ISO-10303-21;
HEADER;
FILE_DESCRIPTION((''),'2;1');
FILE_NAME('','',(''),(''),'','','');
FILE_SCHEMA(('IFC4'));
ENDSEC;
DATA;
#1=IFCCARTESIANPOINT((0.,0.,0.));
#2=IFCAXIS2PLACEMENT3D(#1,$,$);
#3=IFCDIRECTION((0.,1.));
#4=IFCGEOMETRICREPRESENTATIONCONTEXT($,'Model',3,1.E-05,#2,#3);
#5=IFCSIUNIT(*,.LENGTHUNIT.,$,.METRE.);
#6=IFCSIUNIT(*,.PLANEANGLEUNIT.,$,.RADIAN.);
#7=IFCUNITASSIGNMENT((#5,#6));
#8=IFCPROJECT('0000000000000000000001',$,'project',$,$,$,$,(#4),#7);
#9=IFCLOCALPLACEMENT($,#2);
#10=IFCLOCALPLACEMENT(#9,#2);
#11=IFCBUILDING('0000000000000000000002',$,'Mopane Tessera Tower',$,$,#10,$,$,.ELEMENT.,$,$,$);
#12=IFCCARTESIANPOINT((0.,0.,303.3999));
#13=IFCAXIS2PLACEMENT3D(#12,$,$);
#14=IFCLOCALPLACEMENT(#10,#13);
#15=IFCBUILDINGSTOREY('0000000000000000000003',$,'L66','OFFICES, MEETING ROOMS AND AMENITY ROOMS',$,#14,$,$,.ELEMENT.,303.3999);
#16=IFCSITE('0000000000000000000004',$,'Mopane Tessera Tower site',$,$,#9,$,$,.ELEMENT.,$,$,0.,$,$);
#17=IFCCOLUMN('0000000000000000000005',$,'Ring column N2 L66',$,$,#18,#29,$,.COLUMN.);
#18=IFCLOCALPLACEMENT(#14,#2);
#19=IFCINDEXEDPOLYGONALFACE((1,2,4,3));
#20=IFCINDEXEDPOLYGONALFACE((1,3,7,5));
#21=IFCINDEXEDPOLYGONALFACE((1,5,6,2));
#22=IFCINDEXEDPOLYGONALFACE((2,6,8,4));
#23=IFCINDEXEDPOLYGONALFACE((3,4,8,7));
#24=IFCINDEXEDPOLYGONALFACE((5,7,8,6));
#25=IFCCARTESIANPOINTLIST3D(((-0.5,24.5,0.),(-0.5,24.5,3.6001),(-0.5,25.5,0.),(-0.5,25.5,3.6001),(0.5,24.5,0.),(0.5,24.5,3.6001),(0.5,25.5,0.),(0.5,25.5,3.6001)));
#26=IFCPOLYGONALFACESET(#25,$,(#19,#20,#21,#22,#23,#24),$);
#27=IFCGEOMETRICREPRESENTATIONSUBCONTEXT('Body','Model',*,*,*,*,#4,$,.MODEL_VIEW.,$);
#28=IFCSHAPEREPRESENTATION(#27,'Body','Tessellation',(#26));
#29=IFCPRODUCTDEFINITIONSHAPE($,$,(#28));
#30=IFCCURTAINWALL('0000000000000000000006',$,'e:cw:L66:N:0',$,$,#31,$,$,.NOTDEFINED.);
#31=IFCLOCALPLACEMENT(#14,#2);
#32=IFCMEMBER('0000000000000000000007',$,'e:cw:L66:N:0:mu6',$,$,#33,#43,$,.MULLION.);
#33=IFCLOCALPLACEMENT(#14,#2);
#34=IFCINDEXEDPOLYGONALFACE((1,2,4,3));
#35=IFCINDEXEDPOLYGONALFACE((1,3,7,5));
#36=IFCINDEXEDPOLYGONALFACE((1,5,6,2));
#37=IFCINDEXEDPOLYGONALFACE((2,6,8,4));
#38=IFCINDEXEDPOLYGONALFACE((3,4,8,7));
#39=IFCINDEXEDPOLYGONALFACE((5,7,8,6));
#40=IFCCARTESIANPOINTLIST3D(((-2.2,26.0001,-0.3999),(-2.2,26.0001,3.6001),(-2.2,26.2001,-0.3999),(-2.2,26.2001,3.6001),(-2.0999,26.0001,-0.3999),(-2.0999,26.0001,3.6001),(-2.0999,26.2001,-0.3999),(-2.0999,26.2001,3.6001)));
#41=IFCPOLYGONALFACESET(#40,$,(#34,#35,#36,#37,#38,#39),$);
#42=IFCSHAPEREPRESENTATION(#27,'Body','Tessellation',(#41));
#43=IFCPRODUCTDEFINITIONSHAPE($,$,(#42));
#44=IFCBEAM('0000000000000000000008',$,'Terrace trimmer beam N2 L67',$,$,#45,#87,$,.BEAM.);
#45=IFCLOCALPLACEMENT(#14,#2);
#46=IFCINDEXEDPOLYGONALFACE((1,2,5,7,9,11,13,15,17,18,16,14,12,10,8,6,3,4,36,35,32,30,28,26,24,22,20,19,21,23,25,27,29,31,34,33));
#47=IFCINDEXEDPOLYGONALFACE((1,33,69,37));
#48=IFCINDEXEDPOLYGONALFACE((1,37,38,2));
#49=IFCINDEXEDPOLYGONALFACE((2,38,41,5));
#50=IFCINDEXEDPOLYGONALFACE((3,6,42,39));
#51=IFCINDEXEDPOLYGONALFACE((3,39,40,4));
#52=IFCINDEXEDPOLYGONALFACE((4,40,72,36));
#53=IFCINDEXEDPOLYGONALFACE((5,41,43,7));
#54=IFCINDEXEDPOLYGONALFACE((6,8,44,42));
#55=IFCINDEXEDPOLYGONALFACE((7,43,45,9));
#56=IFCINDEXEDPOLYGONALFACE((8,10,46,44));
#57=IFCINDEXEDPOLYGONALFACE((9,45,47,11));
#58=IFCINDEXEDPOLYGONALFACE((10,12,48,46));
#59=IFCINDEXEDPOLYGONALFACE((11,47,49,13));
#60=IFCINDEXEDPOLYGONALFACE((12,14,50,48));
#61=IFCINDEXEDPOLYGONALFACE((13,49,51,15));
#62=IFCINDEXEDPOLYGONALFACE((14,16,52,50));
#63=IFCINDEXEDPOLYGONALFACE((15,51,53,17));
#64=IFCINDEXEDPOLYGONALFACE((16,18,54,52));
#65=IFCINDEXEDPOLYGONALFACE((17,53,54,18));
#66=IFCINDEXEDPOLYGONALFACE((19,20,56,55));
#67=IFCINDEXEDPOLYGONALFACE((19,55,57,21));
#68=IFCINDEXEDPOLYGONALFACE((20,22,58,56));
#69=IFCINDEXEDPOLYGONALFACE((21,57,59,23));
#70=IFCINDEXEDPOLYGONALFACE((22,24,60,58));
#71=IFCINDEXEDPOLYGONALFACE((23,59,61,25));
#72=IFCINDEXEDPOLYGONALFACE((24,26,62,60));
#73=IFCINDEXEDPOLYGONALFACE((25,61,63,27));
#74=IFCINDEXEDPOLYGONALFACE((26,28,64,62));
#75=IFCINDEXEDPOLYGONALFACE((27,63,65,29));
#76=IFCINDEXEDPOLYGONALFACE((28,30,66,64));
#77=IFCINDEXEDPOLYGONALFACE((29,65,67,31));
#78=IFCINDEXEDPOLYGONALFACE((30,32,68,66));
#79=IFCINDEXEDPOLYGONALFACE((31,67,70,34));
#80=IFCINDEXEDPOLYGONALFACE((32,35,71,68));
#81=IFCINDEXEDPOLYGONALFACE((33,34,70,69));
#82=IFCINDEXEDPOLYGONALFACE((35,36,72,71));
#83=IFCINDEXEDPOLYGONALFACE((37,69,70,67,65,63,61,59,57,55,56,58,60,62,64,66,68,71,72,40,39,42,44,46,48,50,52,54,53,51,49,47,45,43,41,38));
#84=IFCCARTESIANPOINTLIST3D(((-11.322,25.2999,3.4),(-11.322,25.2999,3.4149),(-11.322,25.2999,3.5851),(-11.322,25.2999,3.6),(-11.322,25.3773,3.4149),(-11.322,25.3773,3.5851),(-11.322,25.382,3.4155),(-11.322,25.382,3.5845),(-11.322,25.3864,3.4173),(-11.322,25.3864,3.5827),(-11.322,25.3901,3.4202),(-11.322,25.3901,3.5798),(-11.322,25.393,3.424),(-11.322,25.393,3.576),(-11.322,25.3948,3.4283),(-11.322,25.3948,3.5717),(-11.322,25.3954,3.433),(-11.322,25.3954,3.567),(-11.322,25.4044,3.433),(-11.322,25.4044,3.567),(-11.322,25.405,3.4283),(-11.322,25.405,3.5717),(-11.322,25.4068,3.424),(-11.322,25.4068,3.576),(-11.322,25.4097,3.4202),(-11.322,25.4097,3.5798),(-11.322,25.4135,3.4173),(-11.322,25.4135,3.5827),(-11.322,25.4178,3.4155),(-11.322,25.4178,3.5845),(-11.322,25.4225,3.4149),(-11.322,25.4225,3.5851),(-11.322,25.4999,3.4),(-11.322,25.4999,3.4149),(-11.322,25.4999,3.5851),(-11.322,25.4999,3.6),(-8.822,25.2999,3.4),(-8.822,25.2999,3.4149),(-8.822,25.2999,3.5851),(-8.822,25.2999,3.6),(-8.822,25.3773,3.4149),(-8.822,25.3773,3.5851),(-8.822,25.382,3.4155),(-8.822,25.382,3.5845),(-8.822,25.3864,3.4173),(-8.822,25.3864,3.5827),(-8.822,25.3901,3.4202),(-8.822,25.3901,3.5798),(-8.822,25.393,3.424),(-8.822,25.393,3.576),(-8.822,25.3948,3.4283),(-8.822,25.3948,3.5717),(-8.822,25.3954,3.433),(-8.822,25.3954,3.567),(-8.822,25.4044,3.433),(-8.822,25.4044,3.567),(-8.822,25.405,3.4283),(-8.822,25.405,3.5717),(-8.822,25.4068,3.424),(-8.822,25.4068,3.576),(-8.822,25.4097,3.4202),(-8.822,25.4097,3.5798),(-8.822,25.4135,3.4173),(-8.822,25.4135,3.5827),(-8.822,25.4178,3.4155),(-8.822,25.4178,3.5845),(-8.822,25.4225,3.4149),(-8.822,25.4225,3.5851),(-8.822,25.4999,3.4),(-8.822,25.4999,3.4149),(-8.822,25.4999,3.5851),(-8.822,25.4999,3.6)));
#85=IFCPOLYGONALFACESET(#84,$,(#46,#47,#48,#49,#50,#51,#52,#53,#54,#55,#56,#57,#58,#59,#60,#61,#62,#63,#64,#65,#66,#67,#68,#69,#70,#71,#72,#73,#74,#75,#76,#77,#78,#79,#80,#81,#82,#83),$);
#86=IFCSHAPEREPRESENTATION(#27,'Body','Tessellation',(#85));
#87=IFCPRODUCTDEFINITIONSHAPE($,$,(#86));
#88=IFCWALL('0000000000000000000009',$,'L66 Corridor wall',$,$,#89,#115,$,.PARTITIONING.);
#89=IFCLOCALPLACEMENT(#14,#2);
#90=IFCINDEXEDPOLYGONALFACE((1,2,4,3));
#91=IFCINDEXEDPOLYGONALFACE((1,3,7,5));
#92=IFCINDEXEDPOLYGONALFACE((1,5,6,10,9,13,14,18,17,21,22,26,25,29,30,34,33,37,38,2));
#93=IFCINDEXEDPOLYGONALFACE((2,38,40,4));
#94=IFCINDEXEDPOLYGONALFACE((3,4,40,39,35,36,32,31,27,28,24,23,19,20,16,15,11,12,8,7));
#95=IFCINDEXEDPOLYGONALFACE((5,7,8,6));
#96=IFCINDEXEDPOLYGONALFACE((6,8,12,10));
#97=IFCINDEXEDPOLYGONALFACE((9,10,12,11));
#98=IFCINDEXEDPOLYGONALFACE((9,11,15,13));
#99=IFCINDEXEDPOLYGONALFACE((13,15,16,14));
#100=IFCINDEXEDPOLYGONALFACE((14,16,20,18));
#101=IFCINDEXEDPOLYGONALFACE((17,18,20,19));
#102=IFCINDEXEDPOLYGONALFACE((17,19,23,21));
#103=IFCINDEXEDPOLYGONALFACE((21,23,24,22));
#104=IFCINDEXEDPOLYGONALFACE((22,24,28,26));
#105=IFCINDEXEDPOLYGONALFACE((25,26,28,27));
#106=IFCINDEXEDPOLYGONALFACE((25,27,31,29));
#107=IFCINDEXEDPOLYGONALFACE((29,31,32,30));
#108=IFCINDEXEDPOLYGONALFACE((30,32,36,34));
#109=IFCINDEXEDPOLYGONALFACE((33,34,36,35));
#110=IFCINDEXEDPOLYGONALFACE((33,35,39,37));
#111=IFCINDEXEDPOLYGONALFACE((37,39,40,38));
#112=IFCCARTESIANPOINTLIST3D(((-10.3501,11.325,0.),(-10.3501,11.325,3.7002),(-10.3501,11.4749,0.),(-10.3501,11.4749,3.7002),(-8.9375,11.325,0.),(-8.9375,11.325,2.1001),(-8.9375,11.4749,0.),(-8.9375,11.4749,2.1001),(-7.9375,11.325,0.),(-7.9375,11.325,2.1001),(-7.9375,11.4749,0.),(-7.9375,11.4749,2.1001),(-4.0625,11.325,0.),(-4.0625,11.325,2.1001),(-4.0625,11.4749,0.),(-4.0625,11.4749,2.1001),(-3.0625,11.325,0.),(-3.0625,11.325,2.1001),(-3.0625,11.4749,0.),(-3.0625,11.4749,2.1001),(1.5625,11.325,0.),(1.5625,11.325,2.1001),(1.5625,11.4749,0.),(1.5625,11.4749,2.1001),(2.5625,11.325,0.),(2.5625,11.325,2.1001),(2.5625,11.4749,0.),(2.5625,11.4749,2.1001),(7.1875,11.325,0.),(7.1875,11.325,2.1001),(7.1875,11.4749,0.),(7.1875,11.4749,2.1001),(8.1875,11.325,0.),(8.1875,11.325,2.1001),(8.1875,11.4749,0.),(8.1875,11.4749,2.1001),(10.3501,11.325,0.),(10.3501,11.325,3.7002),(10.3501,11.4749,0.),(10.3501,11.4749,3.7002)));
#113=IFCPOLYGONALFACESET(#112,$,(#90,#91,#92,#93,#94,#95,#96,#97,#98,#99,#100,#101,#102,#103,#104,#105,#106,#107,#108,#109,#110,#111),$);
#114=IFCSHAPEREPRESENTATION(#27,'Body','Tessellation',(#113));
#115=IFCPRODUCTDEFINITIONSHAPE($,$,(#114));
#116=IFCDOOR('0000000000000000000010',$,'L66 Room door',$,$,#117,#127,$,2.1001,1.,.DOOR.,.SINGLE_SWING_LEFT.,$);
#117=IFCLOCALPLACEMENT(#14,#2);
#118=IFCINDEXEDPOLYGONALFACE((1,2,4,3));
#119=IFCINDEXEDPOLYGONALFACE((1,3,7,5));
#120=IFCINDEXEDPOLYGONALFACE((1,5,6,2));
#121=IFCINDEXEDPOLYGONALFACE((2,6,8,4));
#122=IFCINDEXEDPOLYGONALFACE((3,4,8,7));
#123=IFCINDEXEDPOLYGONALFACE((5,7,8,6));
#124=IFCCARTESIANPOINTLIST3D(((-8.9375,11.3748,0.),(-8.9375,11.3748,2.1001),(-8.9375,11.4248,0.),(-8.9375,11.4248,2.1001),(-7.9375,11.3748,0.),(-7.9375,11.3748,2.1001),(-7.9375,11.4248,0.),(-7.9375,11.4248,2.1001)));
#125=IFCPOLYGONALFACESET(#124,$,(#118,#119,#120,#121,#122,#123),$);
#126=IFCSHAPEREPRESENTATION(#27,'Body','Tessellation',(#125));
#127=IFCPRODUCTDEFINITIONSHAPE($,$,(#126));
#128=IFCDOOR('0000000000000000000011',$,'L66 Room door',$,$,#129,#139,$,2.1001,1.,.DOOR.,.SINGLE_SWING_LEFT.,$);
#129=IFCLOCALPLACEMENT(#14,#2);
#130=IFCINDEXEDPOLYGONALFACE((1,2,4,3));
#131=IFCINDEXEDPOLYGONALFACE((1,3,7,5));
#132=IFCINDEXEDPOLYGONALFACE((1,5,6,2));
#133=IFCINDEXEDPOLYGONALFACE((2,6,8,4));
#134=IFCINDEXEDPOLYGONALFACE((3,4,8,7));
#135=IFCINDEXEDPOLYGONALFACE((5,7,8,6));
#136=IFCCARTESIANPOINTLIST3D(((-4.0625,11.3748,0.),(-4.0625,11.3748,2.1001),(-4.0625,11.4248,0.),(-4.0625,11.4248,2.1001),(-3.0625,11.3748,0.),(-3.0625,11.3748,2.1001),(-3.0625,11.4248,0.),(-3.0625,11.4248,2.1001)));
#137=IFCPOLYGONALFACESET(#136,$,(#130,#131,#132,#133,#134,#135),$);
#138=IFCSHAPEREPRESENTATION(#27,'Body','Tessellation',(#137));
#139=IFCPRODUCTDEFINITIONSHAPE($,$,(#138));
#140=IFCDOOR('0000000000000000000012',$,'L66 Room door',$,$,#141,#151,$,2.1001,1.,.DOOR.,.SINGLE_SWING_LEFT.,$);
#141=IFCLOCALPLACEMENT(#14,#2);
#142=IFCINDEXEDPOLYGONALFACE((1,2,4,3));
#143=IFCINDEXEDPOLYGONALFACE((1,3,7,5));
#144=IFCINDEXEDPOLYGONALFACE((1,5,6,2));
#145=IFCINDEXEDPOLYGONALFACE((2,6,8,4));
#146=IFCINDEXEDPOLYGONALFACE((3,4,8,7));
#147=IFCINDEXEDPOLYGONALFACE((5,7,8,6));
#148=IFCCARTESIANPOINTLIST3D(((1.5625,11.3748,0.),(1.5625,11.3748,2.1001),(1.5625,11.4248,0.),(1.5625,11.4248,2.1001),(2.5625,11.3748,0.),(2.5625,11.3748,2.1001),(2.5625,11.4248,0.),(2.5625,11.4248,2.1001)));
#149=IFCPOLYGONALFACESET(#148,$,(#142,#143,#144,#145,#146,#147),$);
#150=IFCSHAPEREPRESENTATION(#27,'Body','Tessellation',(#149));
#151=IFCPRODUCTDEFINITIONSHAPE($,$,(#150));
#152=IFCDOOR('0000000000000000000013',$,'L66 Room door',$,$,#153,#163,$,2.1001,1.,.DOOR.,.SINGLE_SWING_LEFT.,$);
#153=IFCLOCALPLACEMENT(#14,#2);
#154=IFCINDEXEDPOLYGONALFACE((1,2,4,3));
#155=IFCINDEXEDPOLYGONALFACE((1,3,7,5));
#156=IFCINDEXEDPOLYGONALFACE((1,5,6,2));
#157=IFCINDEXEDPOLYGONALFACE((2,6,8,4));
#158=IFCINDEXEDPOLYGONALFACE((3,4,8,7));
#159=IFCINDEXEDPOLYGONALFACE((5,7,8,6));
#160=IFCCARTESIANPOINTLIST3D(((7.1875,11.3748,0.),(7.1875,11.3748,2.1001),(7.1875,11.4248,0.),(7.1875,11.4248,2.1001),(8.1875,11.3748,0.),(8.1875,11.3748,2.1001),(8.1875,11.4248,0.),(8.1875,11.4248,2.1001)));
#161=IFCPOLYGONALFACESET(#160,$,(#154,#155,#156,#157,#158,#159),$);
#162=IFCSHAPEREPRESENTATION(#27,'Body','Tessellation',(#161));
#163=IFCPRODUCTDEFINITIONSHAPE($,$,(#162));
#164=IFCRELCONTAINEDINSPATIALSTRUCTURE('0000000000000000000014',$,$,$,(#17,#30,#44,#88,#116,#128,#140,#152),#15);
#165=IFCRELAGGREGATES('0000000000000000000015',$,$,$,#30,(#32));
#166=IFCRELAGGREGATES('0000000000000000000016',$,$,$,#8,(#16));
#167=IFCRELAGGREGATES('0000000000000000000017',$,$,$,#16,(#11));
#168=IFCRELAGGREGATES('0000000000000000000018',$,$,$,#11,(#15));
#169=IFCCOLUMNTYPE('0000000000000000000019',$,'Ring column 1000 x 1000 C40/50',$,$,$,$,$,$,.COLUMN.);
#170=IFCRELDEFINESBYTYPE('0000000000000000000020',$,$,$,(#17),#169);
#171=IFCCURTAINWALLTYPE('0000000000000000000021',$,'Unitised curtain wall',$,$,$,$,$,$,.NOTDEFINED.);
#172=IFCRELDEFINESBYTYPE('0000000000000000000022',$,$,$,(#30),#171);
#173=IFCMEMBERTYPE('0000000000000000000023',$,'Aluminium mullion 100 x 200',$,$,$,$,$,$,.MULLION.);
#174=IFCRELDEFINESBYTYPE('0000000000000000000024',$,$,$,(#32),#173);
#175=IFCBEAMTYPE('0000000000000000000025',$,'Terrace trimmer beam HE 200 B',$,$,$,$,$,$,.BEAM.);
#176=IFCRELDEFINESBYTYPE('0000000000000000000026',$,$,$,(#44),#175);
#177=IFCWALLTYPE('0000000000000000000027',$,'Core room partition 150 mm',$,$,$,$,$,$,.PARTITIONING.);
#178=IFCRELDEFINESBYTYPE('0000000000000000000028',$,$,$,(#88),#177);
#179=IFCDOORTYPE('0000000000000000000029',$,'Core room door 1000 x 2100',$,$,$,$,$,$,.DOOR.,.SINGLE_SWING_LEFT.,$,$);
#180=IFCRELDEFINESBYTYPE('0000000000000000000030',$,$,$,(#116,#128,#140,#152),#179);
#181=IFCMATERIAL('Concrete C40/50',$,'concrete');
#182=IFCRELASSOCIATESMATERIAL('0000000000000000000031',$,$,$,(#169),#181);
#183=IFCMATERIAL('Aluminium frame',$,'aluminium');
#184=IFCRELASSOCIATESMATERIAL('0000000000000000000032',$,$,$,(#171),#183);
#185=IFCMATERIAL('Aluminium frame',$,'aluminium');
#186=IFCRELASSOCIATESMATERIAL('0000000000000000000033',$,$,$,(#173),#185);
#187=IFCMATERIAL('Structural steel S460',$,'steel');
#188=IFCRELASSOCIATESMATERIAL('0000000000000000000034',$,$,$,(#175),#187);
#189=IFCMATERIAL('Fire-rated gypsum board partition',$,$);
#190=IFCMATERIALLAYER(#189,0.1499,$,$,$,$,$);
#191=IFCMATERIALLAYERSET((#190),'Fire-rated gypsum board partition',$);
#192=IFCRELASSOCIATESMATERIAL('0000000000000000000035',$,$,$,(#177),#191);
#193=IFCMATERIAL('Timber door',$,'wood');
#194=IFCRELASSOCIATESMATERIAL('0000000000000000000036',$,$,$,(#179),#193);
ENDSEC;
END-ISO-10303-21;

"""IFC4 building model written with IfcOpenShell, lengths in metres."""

from ifc_helpers import new_model, si_unit, direction, frame, frame_2d, origin, origin_2d, place, context, subcontext, project, spatial, rectangle, i_section, extrude, material, layer, layer_set, material_profile, profile_set, type_object, element, fill, aggregate, save


model = new_model("IFC4")

# Units and contexts
model_context = context("Model", 3, precision=1e-05, world=origin(), true_north=direction((0.0, 1.0)))
body_context = subcontext(model_context, "Body", "Model", "MODEL_VIEW")
ifc_project = project(units=[si_unit("LENGTHUNIT", "METRE"), si_unit("PLANEANGLEUNIT", "RADIAN")], contexts=[model_context])

# Site, building, storey
site_placement = place(None, origin())
site = spatial("IfcSite", under=ifc_project, at=site_placement, Name="Mopane Tessera Tower site", CompositionType="ELEMENT", RefElevation=0.0)
building_placement = place(site_placement, origin())
building = spatial("IfcBuilding", under=site, at=building_placement, Name="Mopane Tessera Tower", CompositionType="ELEMENT")
storey_placement = place(building_placement, frame((0.0, 0.0, 303.3999)))
storey = spatial("IfcBuildingStorey", under=building, at=storey_placement, Name="L66", Description="OFFICES, MEETING ROOMS AND AMENITY ROOMS", CompositionType="ELEMENT", Elevation=303.3999)

# Column
ifc_material_1 = material(Name="Concrete C40/50", Category="concrete")
ifc_material_profile_1 = material_profile(ifc_material_1, rectangle(XDim=1.0, YDim=1.0, at=origin_2d()))
ifc_profile_set_1 = profile_set([ifc_material_profile_1], Name="Concrete C40/50")
column_type = type_object("IfcColumnType", Name="Ring column 1000 x 1000 C40/50", PredefinedType="COLUMN", material=ifc_profile_set_1)
column_placement = place(storey_placement, frame((0.0, 25.0, 0.0), z_axis=(0.0, 0.0, 1.0), x_axis=(1.0, 0.0, 0.0)))
element("IfcColumn", 1, at=column_placement, inside=storey, type_object=column_type, Name="Ring column N2 L66", PredefinedType="COLUMN", context=body_context, shape_type="SweptSolid", body=[
    extrude(rectangle(XDim=1.0, YDim=1.0, at=origin_2d()), origin(), (0.0, 0.0, 1.0), 3.6001),
])

# Curtain wall, member
ifc_material_2 = material(Name="Aluminium frame", Category="aluminium")
curtain_wall_type = type_object("IfcCurtainWallType", Name="Unitised curtain wall", PredefinedType="NOTDEFINED", material=ifc_material_2)
curtain_wall_placement = place(storey_placement, origin())
curtain_wall = element("IfcCurtainWall", 2, at=curtain_wall_placement, inside=storey, type_object=curtain_wall_type, Name="e:cw:L66:N:0", PredefinedType="NOTDEFINED")
ifc_material_3 = material(Name="Aluminium frame", Category="aluminium")
ifc_material_profile_2 = material_profile(ifc_material_3, rectangle(XDim=0.1001, YDim=0.2, at=origin_2d()))
ifc_profile_set_2 = profile_set([ifc_material_profile_2], Name="Aluminium frame")
member_type = type_object("IfcMemberType", Name="Aluminium mullion 100 x 200", PredefinedType="MULLION", material=ifc_profile_set_2)
member_placement = place(storey_placement, frame((-2.1499, 26.1001, -0.3999), z_axis=(0.0, 0.0, 1.0), x_axis=(-1.0, 0.0, 0.0)))
member = element("IfcMember", 3, at=member_placement, type_object=member_type, Name="e:cw:L66:N:0:mu6", PredefinedType="MULLION", context=body_context, shape_type="SweptSolid", body=[
    extrude(rectangle(XDim=0.1001, YDim=0.2, at=origin_2d()), origin(), (0.0, 0.0, 1.0), 4.0),
])
aggregate(curtain_wall, [member])

# Beam
ifc_material_4 = material(Name="Structural steel S460", Category="steel")
ifc_material_profile_3 = material_profile(ifc_material_4, i_section(OverallWidth=0.2, OverallDepth=0.2, WebThickness=0.009, FlangeThickness=0.0149, FilletRadius=0.0181, at=origin_2d()))
ifc_profile_set_3 = profile_set([ifc_material_profile_3], Name="Structural steel S460")
beam_type = type_object("IfcBeamType", Name="Terrace trimmer beam HE 200 B", PredefinedType="BEAM", material=ifc_profile_set_3)
beam_placement = place(storey_placement, frame((-11.322, 25.3999, 3.5), z_axis=(1.0, 0.0, 0.0), x_axis=(0.0, 1.0, 0.0)))
element("IfcBeam", 4, at=beam_placement, inside=storey, type_object=beam_type, Name="Terrace trimmer beam N2 L67", PredefinedType="BEAM", context=body_context, shape_type="SweptSolid", body=[
    extrude(i_section(OverallWidth=0.2, OverallDepth=0.2, WebThickness=0.009, FlangeThickness=0.0149, FilletRadius=0.0181, at=origin_2d()), origin(), (0.0, 0.0, 1.0), 2.5),
])

# Wall, openings, doors
ifc_material_5 = material(Name="Fire-rated gypsum board partition")
ifc_layer_1 = layer(ifc_material_5, 0.1499)
ifc_layer_set_1 = layer_set([ifc_layer_1], Name="Fire-rated gypsum board partition")
wall_type_1 = type_object("IfcWallType", Name="Core room partition 150 mm", PredefinedType="PARTITIONING", material=ifc_layer_set_1)
wall_1_placement = place(storey_placement, frame((-10.3501, 11.3999, 0.0), z_axis=(0.0, 0.0, 1.0), x_axis=(1.0, 0.0, 0.0)))
wall_1 = element("IfcWall", 5, at=wall_1_placement, inside=storey, type_object=wall_type_1, Name="L66 Corridor wall", PredefinedType="PARTITIONING", context=body_context, shape_type="SweptSolid", body=[
    extrude(rectangle(XDim=20.7002, YDim=0.1499, at=frame_2d((10.3501, 0.0))), origin(), (0.0, 0.0, 1.0), 3.7002),
])
opening_1_placement = place(wall_1_placement, frame((1.4126, 0.0, 0.0)))
opening_1 = element("IfcOpeningElement", 6, at=opening_1_placement, cuts=wall_1, PredefinedType="OPENING", context=body_context, shape_type="SweptSolid", body=[
    extrude(rectangle(XDim=1.0, YDim=2.1001, at=frame_2d((0.5, 1.05))), frame((0.0, 0.0869, 0.0), z_axis=(0.0, -1.0, 0.0), x_axis=(1.0, 0.0, 0.0)), (0.0, 0.0, 1.0), 0.1738),
])
opening_2_placement = place(wall_1_placement, frame((6.2876, 0.0, 0.0)))
opening_2 = element("IfcOpeningElement", 7, at=opening_2_placement, cuts=wall_1, PredefinedType="OPENING", context=body_context, shape_type="SweptSolid", body=[
    extrude(rectangle(XDim=1.0, YDim=2.1001, at=frame_2d((0.5, 1.05))), frame((0.0, 0.0869, 0.0), z_axis=(0.0, -1.0, 0.0), x_axis=(1.0, 0.0, 0.0)), (0.0, 0.0, 1.0), 0.1738),
])
opening_3_placement = place(wall_1_placement, frame((11.9126, 0.0, 0.0)))
opening_3 = element("IfcOpeningElement", 8, at=opening_3_placement, cuts=wall_1, PredefinedType="OPENING", context=body_context, shape_type="SweptSolid", body=[
    extrude(rectangle(XDim=1.0, YDim=2.1001, at=frame_2d((0.5, 1.05))), frame((0.0, 0.0869, 0.0), z_axis=(0.0, -1.0, 0.0), x_axis=(1.0, 0.0, 0.0)), (0.0, 0.0, 1.0), 0.1738),
])
opening_4_placement = place(wall_1_placement, frame((17.5376, 0.0, 0.0)))
opening_4 = element("IfcOpeningElement", 9, at=opening_4_placement, cuts=wall_1, PredefinedType="OPENING", context=body_context, shape_type="SweptSolid", body=[
    extrude(rectangle(XDim=1.0, YDim=2.1001, at=frame_2d((0.5, 1.05))), frame((0.0, 0.0869, 0.0), z_axis=(0.0, -1.0, 0.0), x_axis=(1.0, 0.0, 0.0)), (0.0, 0.0, 1.0), 0.1738),
])
ifc_material_6 = material(Name="Timber door", Category="wood")
door_type_1 = type_object("IfcDoorType", Name="Core room door 1000 x 2100", OperationType="SINGLE_SWING_LEFT", PredefinedType="DOOR", material=ifc_material_6)
door_1_placement = place(opening_1_placement, origin())
door_1 = element("IfcDoor", 10, at=door_1_placement, inside=storey, type_object=door_type_1, Name="L66 Room door", OperationType="SINGLE_SWING_LEFT", OverallHeight=2.1001, OverallWidth=1.0, PredefinedType="DOOR", context=body_context, shape_type="SweptSolid", body=[
    extrude(rectangle(XDim=1.0, YDim=2.1001, at=frame_2d((0.5, 1.05))), frame((0.0, 0.0249, 0.0), z_axis=(0.0, -1.0, 0.0), x_axis=(1.0, 0.0, 0.0)), (0.0, 0.0, 1.0), 0.05),
])
fill(opening_1, door_1)
door_2_placement = place(opening_2_placement, origin())
door_2 = element("IfcDoor", 11, at=door_2_placement, inside=storey, type_object=door_type_1, Name="L66 Room door", OperationType="SINGLE_SWING_LEFT", OverallHeight=2.1001, OverallWidth=1.0, PredefinedType="DOOR", context=body_context, shape_type="SweptSolid", body=[
    extrude(rectangle(XDim=1.0, YDim=2.1001, at=frame_2d((0.5, 1.05))), frame((0.0, 0.0249, 0.0), z_axis=(0.0, -1.0, 0.0), x_axis=(1.0, 0.0, 0.0)), (0.0, 0.0, 1.0), 0.05),
])
fill(opening_2, door_2)
door_3_placement = place(opening_3_placement, origin())
door_3 = element("IfcDoor", 12, at=door_3_placement, inside=storey, type_object=door_type_1, Name="L66 Room door", OperationType="SINGLE_SWING_LEFT", OverallHeight=2.1001, OverallWidth=1.0, PredefinedType="DOOR", context=body_context, shape_type="SweptSolid", body=[
    extrude(rectangle(XDim=1.0, YDim=2.1001, at=frame_2d((0.5, 1.05))), frame((0.0, 0.0249, 0.0), z_axis=(0.0, -1.0, 0.0), x_axis=(1.0, 0.0, 0.0)), (0.0, 0.0, 1.0), 0.05),
])
fill(opening_3, door_3)
door_4_placement = place(opening_4_placement, origin())
door_4 = element("IfcDoor", 13, at=door_4_placement, inside=storey, type_object=door_type_1, Name="L66 Room door", OperationType="SINGLE_SWING_LEFT", OverallHeight=2.1001, OverallWidth=1.0, PredefinedType="DOOR", context=body_context, shape_type="SweptSolid", body=[
    extrude(rectangle(XDim=1.0, YDim=2.1001, at=frame_2d((0.5, 1.05))), frame((0.0, 0.0249, 0.0), z_axis=(0.0, -1.0, 0.0), x_axis=(1.0, 0.0, 0.0)), (0.0, 0.0, 1.0), 0.05),
])
fill(opening_4, door_4)

save(model, "model.ifc")
